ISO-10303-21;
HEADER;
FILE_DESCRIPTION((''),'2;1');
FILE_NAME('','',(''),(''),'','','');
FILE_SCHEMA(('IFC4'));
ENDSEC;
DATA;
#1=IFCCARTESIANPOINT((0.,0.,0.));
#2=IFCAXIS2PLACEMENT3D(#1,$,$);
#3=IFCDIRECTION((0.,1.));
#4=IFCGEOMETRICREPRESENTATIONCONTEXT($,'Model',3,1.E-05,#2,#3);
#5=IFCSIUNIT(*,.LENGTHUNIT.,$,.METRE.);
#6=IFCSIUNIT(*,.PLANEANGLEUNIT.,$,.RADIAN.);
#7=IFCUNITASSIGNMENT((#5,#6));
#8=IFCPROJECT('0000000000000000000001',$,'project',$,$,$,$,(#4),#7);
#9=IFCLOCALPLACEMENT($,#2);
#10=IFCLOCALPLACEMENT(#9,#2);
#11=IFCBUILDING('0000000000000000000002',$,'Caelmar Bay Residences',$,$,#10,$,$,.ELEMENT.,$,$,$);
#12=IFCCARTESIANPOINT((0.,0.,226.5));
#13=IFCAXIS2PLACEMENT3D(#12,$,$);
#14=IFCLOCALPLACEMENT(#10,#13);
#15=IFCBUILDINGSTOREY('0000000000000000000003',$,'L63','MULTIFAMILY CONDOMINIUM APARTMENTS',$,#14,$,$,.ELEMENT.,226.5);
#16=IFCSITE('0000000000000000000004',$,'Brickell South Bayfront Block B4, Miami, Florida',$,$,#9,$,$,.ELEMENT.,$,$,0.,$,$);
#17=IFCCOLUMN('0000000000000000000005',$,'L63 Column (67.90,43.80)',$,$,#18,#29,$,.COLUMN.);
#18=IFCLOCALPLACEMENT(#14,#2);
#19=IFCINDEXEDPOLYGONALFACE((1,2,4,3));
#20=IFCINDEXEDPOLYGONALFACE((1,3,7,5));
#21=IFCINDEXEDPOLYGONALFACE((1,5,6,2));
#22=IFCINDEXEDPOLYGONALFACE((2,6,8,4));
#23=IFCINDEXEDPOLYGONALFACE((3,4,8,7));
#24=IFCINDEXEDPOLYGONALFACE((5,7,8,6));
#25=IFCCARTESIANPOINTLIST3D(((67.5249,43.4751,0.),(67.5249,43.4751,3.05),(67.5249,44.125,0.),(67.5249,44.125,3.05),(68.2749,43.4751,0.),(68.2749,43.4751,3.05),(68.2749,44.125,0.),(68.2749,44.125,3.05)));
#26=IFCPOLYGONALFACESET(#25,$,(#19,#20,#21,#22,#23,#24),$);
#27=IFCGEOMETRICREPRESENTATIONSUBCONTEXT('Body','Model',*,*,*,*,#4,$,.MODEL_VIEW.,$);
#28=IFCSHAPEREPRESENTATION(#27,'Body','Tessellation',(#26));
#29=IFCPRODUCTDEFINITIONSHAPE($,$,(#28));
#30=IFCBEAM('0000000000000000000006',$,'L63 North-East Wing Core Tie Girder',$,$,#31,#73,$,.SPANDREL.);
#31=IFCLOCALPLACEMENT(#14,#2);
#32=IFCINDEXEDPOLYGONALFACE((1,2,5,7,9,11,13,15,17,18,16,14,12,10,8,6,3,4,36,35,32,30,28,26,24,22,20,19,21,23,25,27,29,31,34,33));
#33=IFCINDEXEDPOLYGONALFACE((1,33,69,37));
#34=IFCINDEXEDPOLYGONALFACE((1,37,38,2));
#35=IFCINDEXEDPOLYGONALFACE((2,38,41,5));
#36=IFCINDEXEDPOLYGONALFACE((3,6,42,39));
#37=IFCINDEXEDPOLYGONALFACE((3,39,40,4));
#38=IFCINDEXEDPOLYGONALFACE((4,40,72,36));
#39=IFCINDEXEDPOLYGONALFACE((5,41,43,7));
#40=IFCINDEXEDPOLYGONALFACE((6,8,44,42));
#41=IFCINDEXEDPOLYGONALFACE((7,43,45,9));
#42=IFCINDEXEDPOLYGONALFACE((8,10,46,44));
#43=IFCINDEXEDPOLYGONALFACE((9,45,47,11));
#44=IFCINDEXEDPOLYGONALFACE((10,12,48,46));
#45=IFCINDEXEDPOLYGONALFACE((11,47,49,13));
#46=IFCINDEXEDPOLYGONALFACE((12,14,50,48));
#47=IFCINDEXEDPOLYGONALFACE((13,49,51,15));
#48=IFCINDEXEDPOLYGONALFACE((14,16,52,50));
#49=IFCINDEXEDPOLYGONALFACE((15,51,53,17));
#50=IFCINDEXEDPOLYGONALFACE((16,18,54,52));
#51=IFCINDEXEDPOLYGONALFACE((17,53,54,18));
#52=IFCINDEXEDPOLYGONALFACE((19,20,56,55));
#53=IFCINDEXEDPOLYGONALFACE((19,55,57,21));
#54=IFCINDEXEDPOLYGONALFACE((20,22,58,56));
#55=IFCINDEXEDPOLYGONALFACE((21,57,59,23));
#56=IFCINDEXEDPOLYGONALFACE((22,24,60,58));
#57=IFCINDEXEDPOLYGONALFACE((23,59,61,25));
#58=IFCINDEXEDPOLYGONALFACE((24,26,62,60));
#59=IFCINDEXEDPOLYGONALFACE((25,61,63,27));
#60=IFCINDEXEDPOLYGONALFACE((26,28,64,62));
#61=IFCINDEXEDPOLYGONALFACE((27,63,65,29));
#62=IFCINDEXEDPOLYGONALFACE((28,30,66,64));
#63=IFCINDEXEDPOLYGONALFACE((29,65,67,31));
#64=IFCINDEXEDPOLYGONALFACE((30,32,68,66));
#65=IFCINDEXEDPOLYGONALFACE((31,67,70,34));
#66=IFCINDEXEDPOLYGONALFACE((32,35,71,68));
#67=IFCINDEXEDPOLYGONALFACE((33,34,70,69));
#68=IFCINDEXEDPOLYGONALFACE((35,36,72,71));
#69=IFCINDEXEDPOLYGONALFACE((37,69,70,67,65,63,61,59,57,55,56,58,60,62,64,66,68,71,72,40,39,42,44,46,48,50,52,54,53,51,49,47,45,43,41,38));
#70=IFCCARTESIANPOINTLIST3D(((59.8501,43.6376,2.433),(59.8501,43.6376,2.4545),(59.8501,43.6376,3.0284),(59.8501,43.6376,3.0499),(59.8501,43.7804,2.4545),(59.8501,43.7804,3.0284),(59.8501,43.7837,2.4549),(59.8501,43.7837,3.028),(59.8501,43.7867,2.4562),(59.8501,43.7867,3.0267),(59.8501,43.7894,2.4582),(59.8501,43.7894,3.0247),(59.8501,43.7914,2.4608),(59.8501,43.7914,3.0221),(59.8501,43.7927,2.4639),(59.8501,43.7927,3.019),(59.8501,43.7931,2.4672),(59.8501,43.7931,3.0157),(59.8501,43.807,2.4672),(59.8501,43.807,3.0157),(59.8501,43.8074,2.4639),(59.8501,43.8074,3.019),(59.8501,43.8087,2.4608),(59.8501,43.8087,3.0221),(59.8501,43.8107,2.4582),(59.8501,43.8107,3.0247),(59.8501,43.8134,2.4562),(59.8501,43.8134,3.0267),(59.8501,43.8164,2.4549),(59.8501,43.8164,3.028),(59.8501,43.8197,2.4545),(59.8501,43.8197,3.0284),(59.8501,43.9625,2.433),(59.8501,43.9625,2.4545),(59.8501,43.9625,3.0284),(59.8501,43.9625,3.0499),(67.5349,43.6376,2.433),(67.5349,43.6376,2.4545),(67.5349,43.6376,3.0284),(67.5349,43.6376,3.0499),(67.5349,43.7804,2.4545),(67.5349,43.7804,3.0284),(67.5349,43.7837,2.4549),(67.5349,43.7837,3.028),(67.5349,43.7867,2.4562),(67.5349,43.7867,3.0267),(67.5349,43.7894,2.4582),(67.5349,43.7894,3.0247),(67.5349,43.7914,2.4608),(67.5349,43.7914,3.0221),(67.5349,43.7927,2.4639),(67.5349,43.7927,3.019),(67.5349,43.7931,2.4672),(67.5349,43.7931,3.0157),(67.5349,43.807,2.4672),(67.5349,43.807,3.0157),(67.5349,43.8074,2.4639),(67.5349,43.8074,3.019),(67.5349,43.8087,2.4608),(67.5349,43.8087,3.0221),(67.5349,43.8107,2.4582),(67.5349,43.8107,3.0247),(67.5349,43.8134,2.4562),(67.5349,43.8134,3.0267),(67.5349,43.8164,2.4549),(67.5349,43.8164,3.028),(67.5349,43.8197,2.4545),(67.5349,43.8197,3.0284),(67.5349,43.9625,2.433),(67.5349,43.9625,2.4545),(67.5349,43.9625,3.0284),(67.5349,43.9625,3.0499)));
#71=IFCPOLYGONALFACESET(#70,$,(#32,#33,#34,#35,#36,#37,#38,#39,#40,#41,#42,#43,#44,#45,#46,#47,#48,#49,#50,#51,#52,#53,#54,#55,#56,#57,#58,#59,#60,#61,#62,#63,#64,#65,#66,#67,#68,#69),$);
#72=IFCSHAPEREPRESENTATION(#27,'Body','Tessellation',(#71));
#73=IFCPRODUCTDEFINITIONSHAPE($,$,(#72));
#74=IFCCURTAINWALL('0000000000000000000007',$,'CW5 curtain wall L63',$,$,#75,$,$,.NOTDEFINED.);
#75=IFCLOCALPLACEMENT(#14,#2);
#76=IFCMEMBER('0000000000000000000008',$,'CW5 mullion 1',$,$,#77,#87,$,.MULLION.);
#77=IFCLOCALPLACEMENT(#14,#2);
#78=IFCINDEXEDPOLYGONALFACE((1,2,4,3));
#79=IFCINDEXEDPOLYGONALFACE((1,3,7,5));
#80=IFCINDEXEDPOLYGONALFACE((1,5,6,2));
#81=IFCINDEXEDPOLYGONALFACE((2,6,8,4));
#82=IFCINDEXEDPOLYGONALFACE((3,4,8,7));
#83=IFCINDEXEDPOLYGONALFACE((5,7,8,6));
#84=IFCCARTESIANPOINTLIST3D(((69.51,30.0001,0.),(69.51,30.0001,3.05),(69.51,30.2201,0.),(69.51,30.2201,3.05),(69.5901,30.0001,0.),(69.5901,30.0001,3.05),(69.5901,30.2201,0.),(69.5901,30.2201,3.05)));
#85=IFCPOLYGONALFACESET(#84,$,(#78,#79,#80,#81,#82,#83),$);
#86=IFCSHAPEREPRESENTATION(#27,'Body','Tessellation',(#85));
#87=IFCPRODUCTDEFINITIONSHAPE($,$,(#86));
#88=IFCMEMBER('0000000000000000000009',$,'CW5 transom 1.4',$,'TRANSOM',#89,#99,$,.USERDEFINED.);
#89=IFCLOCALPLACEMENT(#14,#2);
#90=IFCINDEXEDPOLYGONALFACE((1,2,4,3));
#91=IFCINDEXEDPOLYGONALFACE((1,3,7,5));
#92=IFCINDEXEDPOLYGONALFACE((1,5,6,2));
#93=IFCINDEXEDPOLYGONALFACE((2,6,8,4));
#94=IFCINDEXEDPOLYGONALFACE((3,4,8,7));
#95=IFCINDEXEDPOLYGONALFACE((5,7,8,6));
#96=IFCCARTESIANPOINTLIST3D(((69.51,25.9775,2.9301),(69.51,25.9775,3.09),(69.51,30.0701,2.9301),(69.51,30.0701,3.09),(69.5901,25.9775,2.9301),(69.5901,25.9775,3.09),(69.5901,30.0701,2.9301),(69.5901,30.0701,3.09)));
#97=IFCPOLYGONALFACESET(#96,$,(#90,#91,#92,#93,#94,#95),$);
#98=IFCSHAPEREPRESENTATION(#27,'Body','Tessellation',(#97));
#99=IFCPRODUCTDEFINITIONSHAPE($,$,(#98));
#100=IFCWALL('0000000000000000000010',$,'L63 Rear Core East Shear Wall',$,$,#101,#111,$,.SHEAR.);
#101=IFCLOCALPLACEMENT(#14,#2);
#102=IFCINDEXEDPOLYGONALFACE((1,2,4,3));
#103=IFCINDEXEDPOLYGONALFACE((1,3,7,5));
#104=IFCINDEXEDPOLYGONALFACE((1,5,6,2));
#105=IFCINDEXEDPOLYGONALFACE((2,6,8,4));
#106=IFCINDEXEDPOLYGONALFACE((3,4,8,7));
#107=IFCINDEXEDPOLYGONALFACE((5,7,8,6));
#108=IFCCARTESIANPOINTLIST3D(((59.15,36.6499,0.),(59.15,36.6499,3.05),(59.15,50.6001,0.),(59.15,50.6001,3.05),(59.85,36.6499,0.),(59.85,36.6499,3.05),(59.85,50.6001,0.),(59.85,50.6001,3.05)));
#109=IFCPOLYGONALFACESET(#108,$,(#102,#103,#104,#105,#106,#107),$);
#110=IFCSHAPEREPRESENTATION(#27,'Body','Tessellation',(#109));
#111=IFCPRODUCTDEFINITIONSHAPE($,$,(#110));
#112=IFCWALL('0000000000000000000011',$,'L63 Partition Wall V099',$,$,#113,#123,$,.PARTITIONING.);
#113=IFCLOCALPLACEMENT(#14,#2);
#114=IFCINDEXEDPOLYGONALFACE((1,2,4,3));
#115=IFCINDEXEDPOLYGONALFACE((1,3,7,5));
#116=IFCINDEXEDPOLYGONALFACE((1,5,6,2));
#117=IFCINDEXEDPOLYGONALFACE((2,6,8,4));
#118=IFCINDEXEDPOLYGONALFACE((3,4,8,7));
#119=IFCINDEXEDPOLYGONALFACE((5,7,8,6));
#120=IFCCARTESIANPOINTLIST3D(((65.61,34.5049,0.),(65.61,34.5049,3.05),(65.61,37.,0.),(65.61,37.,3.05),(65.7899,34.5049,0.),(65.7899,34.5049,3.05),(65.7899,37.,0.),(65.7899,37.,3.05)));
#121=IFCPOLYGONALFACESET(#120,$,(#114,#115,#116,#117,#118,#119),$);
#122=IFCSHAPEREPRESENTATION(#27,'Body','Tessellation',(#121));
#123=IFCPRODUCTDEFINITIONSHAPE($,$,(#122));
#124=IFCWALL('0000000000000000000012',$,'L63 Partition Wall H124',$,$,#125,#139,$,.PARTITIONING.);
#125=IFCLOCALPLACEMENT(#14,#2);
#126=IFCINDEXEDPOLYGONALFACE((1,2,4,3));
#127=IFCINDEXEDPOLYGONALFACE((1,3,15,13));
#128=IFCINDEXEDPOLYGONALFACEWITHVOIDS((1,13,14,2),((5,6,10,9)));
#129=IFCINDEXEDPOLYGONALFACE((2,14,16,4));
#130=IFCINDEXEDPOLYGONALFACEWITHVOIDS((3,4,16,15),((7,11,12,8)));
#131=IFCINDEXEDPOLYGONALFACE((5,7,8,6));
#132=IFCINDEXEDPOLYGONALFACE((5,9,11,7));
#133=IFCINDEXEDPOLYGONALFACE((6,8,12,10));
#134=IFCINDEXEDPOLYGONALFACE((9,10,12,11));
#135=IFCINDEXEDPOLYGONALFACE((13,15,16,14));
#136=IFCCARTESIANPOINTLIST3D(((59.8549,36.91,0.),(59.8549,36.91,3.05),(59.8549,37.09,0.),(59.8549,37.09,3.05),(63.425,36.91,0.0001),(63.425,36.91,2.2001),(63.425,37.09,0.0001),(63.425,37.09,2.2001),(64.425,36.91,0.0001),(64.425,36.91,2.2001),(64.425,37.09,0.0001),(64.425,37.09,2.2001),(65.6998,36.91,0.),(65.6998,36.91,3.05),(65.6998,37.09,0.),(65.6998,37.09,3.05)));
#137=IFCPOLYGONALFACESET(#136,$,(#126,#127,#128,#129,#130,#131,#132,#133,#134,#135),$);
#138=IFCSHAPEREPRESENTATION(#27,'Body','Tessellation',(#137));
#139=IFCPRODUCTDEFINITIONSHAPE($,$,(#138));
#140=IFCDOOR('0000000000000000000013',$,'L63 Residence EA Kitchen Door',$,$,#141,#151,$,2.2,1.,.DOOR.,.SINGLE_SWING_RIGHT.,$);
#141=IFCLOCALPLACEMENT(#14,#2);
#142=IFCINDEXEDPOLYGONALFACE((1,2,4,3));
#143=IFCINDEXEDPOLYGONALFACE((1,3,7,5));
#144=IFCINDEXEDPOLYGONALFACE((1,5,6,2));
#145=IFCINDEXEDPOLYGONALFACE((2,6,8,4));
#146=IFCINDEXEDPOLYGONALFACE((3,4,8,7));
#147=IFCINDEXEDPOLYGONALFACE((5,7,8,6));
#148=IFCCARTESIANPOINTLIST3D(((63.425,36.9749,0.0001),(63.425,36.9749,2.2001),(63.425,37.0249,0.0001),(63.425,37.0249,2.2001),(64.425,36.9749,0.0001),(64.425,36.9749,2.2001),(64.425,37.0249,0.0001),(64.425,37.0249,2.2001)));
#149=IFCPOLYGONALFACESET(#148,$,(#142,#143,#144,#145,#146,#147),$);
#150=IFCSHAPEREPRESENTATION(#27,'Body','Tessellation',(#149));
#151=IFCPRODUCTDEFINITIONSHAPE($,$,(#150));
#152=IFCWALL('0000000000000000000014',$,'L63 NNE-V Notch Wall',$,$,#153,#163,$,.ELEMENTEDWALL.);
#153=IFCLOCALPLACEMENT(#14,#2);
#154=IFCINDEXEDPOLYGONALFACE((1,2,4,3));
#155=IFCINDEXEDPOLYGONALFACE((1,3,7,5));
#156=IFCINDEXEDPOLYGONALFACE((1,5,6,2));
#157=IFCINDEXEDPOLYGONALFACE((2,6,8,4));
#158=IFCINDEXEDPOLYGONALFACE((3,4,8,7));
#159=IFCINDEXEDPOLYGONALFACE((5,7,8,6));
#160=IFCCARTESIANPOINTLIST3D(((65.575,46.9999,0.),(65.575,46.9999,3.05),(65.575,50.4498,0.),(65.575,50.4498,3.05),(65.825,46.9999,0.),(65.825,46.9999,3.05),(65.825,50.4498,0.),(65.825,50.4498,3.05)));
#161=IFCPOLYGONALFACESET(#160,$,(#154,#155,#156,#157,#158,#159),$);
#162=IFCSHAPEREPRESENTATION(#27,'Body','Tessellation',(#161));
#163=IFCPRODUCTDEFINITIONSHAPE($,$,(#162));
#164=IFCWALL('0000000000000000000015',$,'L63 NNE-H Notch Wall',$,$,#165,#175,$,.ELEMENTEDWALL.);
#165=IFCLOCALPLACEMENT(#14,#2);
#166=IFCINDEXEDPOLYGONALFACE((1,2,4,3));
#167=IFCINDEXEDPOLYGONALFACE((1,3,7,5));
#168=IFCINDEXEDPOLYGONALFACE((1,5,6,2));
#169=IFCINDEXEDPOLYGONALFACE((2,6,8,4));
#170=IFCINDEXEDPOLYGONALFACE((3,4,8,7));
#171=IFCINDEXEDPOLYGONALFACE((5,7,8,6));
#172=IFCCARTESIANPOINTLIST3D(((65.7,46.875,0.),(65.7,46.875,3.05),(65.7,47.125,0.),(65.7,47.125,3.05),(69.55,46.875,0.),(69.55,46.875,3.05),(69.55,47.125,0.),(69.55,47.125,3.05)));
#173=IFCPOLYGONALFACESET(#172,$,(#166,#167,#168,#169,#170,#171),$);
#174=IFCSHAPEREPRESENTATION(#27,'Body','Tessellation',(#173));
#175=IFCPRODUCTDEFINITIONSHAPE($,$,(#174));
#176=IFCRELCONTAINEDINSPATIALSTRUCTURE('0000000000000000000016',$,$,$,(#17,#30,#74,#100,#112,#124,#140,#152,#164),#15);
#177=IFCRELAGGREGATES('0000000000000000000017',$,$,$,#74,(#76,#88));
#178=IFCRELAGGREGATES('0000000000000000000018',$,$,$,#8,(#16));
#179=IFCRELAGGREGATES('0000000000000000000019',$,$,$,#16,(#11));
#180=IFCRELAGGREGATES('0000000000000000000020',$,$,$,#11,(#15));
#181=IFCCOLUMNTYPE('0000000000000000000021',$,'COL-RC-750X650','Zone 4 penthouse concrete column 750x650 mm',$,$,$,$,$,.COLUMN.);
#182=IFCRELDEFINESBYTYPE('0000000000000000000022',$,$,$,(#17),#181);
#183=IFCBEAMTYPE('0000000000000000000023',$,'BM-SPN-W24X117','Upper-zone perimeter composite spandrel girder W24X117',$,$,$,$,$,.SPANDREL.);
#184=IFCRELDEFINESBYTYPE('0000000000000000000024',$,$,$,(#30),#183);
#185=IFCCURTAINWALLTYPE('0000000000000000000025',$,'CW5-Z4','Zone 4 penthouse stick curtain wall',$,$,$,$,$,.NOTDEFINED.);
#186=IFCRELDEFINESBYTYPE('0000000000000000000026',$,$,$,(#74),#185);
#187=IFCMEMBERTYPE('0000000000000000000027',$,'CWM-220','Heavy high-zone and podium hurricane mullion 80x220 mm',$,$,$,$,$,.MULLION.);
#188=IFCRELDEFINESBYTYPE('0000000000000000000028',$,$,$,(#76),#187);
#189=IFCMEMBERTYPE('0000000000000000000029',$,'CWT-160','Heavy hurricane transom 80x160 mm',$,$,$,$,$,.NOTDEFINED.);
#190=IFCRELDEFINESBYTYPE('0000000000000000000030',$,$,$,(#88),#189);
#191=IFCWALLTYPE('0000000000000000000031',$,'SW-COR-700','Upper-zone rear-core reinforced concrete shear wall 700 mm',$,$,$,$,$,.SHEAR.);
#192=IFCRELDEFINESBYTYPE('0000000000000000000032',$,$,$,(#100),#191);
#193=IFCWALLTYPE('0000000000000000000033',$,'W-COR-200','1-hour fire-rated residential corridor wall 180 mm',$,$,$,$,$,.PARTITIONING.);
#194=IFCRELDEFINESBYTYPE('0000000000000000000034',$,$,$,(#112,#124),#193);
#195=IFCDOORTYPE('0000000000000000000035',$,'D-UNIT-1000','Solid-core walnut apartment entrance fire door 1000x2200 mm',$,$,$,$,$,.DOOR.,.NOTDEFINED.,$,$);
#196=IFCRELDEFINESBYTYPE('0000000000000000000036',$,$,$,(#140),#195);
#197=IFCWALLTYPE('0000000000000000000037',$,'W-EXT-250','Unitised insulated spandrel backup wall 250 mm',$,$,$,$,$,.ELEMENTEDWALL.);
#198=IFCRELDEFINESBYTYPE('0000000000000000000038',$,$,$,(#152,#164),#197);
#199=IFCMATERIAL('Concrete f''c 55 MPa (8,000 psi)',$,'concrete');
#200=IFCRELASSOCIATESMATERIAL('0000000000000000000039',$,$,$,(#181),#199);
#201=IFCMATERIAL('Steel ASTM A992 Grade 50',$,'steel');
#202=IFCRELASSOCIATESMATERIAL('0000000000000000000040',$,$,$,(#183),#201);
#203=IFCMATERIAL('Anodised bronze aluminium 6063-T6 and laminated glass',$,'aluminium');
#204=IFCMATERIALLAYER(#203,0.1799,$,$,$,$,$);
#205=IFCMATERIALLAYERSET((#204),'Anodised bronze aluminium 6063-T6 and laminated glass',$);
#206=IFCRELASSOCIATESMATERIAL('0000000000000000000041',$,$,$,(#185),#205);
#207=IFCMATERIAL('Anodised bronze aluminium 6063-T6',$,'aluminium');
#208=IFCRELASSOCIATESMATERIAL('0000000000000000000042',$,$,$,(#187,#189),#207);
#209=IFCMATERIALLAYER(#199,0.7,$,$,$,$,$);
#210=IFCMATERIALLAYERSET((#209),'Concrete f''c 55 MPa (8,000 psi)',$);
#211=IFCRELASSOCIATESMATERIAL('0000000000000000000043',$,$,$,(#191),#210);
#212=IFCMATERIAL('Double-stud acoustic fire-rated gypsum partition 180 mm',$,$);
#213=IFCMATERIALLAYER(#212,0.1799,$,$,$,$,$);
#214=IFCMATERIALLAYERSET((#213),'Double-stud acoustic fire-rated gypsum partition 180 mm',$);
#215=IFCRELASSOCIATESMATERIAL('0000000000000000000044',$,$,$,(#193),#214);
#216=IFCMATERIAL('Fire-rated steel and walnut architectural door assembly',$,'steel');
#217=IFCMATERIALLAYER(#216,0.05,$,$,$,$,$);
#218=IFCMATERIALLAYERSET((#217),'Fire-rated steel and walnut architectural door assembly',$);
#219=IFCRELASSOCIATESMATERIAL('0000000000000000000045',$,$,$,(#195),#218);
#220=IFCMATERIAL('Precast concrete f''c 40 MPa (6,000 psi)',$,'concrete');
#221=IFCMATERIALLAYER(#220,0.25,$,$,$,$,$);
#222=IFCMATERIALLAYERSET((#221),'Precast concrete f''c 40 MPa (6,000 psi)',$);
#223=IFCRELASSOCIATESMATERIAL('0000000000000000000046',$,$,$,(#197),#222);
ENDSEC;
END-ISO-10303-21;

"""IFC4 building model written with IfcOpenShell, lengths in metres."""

from ifc_helpers import new_model, si_unit, direction, frame, frame_2d, origin, origin_2d, place, context, subcontext, project, spatial, rectangle, i_section, extrude, material, layer, layer_set, material_profile, profile_set, type_object, element, fill, aggregate, save


model = new_model("IFC4")

# Units and contexts
model_context = context("Model", 3, precision=1e-05, world=origin(), true_north=direction((0.0, 1.0)))
body_context = subcontext(model_context, "Body", "Model", "MODEL_VIEW")
ifc_project = project(units=[si_unit("LENGTHUNIT", "METRE"), si_unit("PLANEANGLEUNIT", "RADIAN")], contexts=[model_context])

# Site, building, storey
site_placement = place(None, origin())
site = spatial("IfcSite", under=ifc_project, at=site_placement, Name="Brickell South Bayfront Block B4, Miami, Florida", CompositionType="ELEMENT", RefElevation=0.0)
building_placement = place(site_placement, origin())
building = spatial("IfcBuilding", under=site, at=building_placement, Name="Caelmar Bay Residences", CompositionType="ELEMENT")
storey_placement = place(building_placement, frame((0.0, 0.0, 226.5)))
storey = spatial("IfcBuildingStorey", under=building, at=storey_placement, Name="L63", Description="MULTIFAMILY CONDOMINIUM APARTMENTS", CompositionType="ELEMENT", Elevation=226.5)

# Column
ifc_material_1 = material(Name="Concrete f'c 55 MPa (8,000 psi)", Category="concrete")
ifc_material_profile_1 = material_profile(ifc_material_1, rectangle(XDim=0.75, YDim=0.6499, at=origin_2d()), Name="RC-COL-750X650")
ifc_profile_set_1 = profile_set([ifc_material_profile_1], Name="Concrete f'c 55 MPa (8,000 psi)")
column_type = type_object("IfcColumnType", Name="COL-RC-750X650", Description="Zone 4 penthouse concrete column 750x650 mm", PredefinedType="COLUMN", material=ifc_profile_set_1)
column_placement = place(storey_placement, frame((67.8999, 43.8, 0.0), z_axis=(0.0, 0.0, 1.0), x_axis=(1.0, 0.0, 0.0)))
element("IfcColumn", 1, at=column_placement, inside=storey, type_object=column_type, Name="L63 Column (67.90,43.80)", PredefinedType="COLUMN", context=body_context, shape_type="SweptSolid", body=[
    extrude(rectangle(XDim=0.75, YDim=0.6499, at=origin_2d()), origin(), (0.0, 0.0, 1.0), 3.05),
])

# Beam
ifc_material_2 = material(Name="Steel ASTM A992 Grade 50", Category="steel")
ifc_material_profile_2 = material_profile(ifc_material_2, i_section(OverallWidth=0.325, OverallDepth=0.6169, WebThickness=0.0139, FlangeThickness=0.0215, FilletRadius=0.0127, at=origin_2d()), Name="W24X117")
ifc_profile_set_2 = profile_set([ifc_material_profile_2], Name="Steel ASTM A992 Grade 50")
beam_type = type_object("IfcBeamType", Name="BM-SPN-W24X117", Description="Upper-zone perimeter composite spandrel girder W24X117", PredefinedType="SPANDREL", material=ifc_profile_set_2)
beam_placement = place(storey_placement, frame((59.8501, 43.8, 2.7415), z_axis=(1.0, 0.0, 0.0), x_axis=(0.0, 1.0, 0.0)))
element("IfcBeam", 2, at=beam_placement, inside=storey, type_object=beam_type, Name="L63 North-East Wing Core Tie Girder", PredefinedType="SPANDREL", context=body_context, shape_type="SweptSolid", body=[
    extrude(i_section(OverallWidth=0.325, OverallDepth=0.6169, WebThickness=0.0139, FlangeThickness=0.0215, FilletRadius=0.0127, at=origin_2d()), origin(), (0.0, 0.0, 1.0), 7.6848),
])

# Curtain wall, members
ifc_material_3 = material(Name="Anodised bronze aluminium 6063-T6 and laminated glass", Category="aluminium")
ifc_layer_1 = layer(ifc_material_3, 0.1799)
ifc_layer_set_1 = layer_set([ifc_layer_1], Name="Anodised bronze aluminium 6063-T6 and laminated glass")
curtain_wall_type = type_object("IfcCurtainWallType", Name="CW5-Z4", Description="Zone 4 penthouse stick curtain wall", PredefinedType="NOTDEFINED", material=ifc_layer_set_1)
curtain_wall_placement = place(storey_placement, origin())
curtain_wall = element("IfcCurtainWall", 3, at=curtain_wall_placement, inside=storey, type_object=curtain_wall_type, Name="CW5 curtain wall L63", PredefinedType="NOTDEFINED")
ifc_material_4 = material(Name="Anodised bronze aluminium 6063-T6", Category="aluminium")
ifc_material_profile_3 = material_profile(ifc_material_4, rectangle(XDim=0.0801, YDim=0.22, at=origin_2d()), Name="CWM-80X220")
ifc_profile_set_3 = profile_set([ifc_material_profile_3], Name="Anodised bronze aluminium 6063-T6")
member_type_1 = type_object("IfcMemberType", Name="CWM-220", Description="Heavy high-zone and podium hurricane mullion 80x220 mm", PredefinedType="MULLION", material=ifc_profile_set_3)
member_1_placement = place(storey_placement, frame((69.55, 30.1101, 0.0), z_axis=(0.0, 0.0, 1.0), x_axis=(1.0, 0.0, 0.0)))
member_1 = element("IfcMember", 4, at=member_1_placement, type_object=member_type_1, Name="CW5 mullion 1", PredefinedType="MULLION", context=body_context, shape_type="SweptSolid", body=[
    extrude(rectangle(XDim=0.0801, YDim=0.22, at=origin_2d()), origin(), (0.0, 0.0, 1.0), 3.05),
])
ifc_material_profile_4 = material_profile(ifc_material_4, rectangle(XDim=0.0801, YDim=0.1599, at=origin_2d()), Name="CWT-80X160")
ifc_profile_set_4 = profile_set([ifc_material_profile_4], Name="Anodised bronze aluminium 6063-T6")
member_type_2 = type_object("IfcMemberType", Name="CWT-160", Description="Heavy hurricane transom 80x160 mm", PredefinedType="NOTDEFINED", material=ifc_profile_set_4)
member_2_placement = place(storey_placement, frame((69.55, 30.0701, 3.01), z_axis=(0.0, -1.0, 0.0), x_axis=(1.0, 0.0, 0.0)))
member_2 = element("IfcMember", 5, at=member_2_placement, type_object=member_type_2, Name="CW5 transom 1.4", ObjectType="TRANSOM", PredefinedType="USERDEFINED", context=body_context, shape_type="SweptSolid", body=[
    extrude(rectangle(XDim=0.0801, YDim=0.1599, at=origin_2d()), origin(), (0.0, 0.0, 1.0), 4.0925),
])
aggregate(curtain_wall, [member_1, member_2])

# Walls
ifc_layer_2 = layer(ifc_material_1, 0.7)
ifc_layer_set_2 = layer_set([ifc_layer_2], Name="Concrete f'c 55 MPa (8,000 psi)")
wall_type_1 = type_object("IfcWallType", Name="SW-COR-700", Description="Upper-zone rear-core reinforced concrete shear wall 700 mm", PredefinedType="SHEAR", material=ifc_layer_set_2)
wall_1_placement = place(storey_placement, frame((59.5, 36.6499, 0.0), z_axis=(0.0, 0.0, 1.0), x_axis=(0.0, 1.0, 0.0)))
element("IfcWall", 6, at=wall_1_placement, inside=storey, type_object=wall_type_1, Name="L63 Rear Core East Shear Wall", PredefinedType="SHEAR", context=body_context, shape_type="SweptSolid", body=[
    extrude(rectangle(XDim=13.9502, YDim=0.7, at=frame_2d((6.9751, 0.0))), origin(), (0.0, 0.0, 1.0), 3.05),
])
ifc_material_5 = material(Name="Double-stud acoustic fire-rated gypsum partition 180 mm")
ifc_layer_3 = layer(ifc_material_5, 0.1799)
ifc_layer_set_3 = layer_set([ifc_layer_3], Name="Double-stud acoustic fire-rated gypsum partition 180 mm")
wall_type_2 = type_object("IfcWallType", Name="W-COR-200", Description="1-hour fire-rated residential corridor wall 180 mm", PredefinedType="PARTITIONING", material=ifc_layer_set_3)
wall_2_placement = place(storey_placement, frame((65.7, 34.5049, 0.0), z_axis=(0.0, 0.0, 1.0), x_axis=(0.0, 1.0, 0.0)))
element("IfcWall", 7, at=wall_2_placement, inside=storey, type_object=wall_type_2, Name="L63 Partition Wall V099", PredefinedType="PARTITIONING", context=body_context, shape_type="SweptSolid", body=[
    extrude(rectangle(XDim=2.4951, YDim=0.1799, at=frame_2d((1.2476, 0.0))), origin(), (0.0, 0.0, 1.0), 3.05),
])

# Wall, opening, door
wall_3_placement = place(storey_placement, frame((59.855, 37.0, 0.0), z_axis=(0.0, 0.0, 1.0), x_axis=(1.0, 0.0, 0.0)))
wall_3 = element("IfcWall", 8, at=wall_3_placement, inside=storey, type_object=wall_type_2, Name="L63 Partition Wall H124", PredefinedType="PARTITIONING", context=body_context, shape_type="SweptSolid", body=[
    extrude(rectangle(XDim=5.845, YDim=0.1799, at=frame_2d((2.9224, 0.0))), origin(), (0.0, 0.0, 1.0), 3.05),
])
opening_1_placement = place(wall_3_placement, frame((3.5701, 0.0, 0.0)))
opening_1 = element("IfcOpeningElement", 9, at=opening_1_placement, cuts=wall_3, PredefinedType="OPENING", context=body_context, shape_type="SweptSolid", body=[
    extrude(rectangle(XDim=1.0, YDim=2.2, at=frame_2d((0.5, 1.1001))), frame((0.0, 0.0999, 0.0), z_axis=(0.0, -1.0, 0.0), x_axis=(1.0, 0.0, 0.0)), (0.0, 0.0, 1.0), 0.2),
])
ifc_material_6 = material(Name="Fire-rated steel and walnut architectural door assembly", Category="steel")
ifc_layer_4 = layer(ifc_material_6, 0.05)
ifc_layer_set_4 = layer_set([ifc_layer_4], Name="Fire-rated steel and walnut architectural door assembly")
door_type_1 = type_object("IfcDoorType", Name="D-UNIT-1000", Description="Solid-core walnut apartment entrance fire door 1000x2200 mm", OperationType="NOTDEFINED", PredefinedType="DOOR", material=ifc_layer_set_4)
door_1_placement = place(opening_1_placement, origin())
door_1 = element("IfcDoor", 10, at=door_1_placement, inside=storey, type_object=door_type_1, Name="L63 Residence EA Kitchen Door", OperationType="SINGLE_SWING_RIGHT", OverallHeight=2.2, OverallWidth=1.0, PredefinedType="DOOR", context=body_context, shape_type="SweptSolid", body=[
    extrude(rectangle(XDim=1.0, YDim=2.2, at=frame_2d((0.5, 1.1001))), frame((0.0, 0.0249, 0.0), z_axis=(0.0, -1.0, 0.0), x_axis=(1.0, 0.0, 0.0)), (0.0, 0.0, 1.0), 0.05),
])
fill(opening_1, door_1)

# Walls
ifc_material_7 = material(Name="Precast concrete f'c 40 MPa (6,000 psi)", Category="concrete")
ifc_layer_5 = layer(ifc_material_7, 0.25)
ifc_layer_set_5 = layer_set([ifc_layer_5], Name="Precast concrete f'c 40 MPa (6,000 psi)")
wall_type_3 = type_object("IfcWallType", Name="W-EXT-250", Description="Unitised insulated spandrel backup wall 250 mm", PredefinedType="ELEMENTEDWALL", material=ifc_layer_set_5)
wall_4_placement = place(storey_placement, frame((65.7, 50.45, 0.0), z_axis=(0.0, 0.0, 1.0), x_axis=(0.0, -1.0, 0.0)))
element("IfcWall", 11, at=wall_4_placement, inside=storey, type_object=wall_type_3, Name="L63 NNE-V Notch Wall", PredefinedType="ELEMENTEDWALL", context=body_context, shape_type="SweptSolid", body=[
    extrude(rectangle(XDim=3.45, YDim=0.25, at=frame_2d((1.7251, 0.0))), origin(), (0.0, 0.0, 1.0), 3.05),
])
wall_5_placement = place(storey_placement, frame((65.7, 47.0, 0.0), z_axis=(0.0, 0.0, 1.0), x_axis=(1.0, 0.0, 0.0)))
element("IfcWall", 12, at=wall_5_placement, inside=storey, type_object=wall_type_3, Name="L63 NNE-H Notch Wall", PredefinedType="ELEMENTEDWALL", context=body_context, shape_type="SweptSolid", body=[
    extrude(rectangle(XDim=3.8501, YDim=0.25, at=frame_2d((1.925, 0.0))), origin(), (0.0, 0.0, 1.0), 3.05),
])

save(model, "model.ifc")
